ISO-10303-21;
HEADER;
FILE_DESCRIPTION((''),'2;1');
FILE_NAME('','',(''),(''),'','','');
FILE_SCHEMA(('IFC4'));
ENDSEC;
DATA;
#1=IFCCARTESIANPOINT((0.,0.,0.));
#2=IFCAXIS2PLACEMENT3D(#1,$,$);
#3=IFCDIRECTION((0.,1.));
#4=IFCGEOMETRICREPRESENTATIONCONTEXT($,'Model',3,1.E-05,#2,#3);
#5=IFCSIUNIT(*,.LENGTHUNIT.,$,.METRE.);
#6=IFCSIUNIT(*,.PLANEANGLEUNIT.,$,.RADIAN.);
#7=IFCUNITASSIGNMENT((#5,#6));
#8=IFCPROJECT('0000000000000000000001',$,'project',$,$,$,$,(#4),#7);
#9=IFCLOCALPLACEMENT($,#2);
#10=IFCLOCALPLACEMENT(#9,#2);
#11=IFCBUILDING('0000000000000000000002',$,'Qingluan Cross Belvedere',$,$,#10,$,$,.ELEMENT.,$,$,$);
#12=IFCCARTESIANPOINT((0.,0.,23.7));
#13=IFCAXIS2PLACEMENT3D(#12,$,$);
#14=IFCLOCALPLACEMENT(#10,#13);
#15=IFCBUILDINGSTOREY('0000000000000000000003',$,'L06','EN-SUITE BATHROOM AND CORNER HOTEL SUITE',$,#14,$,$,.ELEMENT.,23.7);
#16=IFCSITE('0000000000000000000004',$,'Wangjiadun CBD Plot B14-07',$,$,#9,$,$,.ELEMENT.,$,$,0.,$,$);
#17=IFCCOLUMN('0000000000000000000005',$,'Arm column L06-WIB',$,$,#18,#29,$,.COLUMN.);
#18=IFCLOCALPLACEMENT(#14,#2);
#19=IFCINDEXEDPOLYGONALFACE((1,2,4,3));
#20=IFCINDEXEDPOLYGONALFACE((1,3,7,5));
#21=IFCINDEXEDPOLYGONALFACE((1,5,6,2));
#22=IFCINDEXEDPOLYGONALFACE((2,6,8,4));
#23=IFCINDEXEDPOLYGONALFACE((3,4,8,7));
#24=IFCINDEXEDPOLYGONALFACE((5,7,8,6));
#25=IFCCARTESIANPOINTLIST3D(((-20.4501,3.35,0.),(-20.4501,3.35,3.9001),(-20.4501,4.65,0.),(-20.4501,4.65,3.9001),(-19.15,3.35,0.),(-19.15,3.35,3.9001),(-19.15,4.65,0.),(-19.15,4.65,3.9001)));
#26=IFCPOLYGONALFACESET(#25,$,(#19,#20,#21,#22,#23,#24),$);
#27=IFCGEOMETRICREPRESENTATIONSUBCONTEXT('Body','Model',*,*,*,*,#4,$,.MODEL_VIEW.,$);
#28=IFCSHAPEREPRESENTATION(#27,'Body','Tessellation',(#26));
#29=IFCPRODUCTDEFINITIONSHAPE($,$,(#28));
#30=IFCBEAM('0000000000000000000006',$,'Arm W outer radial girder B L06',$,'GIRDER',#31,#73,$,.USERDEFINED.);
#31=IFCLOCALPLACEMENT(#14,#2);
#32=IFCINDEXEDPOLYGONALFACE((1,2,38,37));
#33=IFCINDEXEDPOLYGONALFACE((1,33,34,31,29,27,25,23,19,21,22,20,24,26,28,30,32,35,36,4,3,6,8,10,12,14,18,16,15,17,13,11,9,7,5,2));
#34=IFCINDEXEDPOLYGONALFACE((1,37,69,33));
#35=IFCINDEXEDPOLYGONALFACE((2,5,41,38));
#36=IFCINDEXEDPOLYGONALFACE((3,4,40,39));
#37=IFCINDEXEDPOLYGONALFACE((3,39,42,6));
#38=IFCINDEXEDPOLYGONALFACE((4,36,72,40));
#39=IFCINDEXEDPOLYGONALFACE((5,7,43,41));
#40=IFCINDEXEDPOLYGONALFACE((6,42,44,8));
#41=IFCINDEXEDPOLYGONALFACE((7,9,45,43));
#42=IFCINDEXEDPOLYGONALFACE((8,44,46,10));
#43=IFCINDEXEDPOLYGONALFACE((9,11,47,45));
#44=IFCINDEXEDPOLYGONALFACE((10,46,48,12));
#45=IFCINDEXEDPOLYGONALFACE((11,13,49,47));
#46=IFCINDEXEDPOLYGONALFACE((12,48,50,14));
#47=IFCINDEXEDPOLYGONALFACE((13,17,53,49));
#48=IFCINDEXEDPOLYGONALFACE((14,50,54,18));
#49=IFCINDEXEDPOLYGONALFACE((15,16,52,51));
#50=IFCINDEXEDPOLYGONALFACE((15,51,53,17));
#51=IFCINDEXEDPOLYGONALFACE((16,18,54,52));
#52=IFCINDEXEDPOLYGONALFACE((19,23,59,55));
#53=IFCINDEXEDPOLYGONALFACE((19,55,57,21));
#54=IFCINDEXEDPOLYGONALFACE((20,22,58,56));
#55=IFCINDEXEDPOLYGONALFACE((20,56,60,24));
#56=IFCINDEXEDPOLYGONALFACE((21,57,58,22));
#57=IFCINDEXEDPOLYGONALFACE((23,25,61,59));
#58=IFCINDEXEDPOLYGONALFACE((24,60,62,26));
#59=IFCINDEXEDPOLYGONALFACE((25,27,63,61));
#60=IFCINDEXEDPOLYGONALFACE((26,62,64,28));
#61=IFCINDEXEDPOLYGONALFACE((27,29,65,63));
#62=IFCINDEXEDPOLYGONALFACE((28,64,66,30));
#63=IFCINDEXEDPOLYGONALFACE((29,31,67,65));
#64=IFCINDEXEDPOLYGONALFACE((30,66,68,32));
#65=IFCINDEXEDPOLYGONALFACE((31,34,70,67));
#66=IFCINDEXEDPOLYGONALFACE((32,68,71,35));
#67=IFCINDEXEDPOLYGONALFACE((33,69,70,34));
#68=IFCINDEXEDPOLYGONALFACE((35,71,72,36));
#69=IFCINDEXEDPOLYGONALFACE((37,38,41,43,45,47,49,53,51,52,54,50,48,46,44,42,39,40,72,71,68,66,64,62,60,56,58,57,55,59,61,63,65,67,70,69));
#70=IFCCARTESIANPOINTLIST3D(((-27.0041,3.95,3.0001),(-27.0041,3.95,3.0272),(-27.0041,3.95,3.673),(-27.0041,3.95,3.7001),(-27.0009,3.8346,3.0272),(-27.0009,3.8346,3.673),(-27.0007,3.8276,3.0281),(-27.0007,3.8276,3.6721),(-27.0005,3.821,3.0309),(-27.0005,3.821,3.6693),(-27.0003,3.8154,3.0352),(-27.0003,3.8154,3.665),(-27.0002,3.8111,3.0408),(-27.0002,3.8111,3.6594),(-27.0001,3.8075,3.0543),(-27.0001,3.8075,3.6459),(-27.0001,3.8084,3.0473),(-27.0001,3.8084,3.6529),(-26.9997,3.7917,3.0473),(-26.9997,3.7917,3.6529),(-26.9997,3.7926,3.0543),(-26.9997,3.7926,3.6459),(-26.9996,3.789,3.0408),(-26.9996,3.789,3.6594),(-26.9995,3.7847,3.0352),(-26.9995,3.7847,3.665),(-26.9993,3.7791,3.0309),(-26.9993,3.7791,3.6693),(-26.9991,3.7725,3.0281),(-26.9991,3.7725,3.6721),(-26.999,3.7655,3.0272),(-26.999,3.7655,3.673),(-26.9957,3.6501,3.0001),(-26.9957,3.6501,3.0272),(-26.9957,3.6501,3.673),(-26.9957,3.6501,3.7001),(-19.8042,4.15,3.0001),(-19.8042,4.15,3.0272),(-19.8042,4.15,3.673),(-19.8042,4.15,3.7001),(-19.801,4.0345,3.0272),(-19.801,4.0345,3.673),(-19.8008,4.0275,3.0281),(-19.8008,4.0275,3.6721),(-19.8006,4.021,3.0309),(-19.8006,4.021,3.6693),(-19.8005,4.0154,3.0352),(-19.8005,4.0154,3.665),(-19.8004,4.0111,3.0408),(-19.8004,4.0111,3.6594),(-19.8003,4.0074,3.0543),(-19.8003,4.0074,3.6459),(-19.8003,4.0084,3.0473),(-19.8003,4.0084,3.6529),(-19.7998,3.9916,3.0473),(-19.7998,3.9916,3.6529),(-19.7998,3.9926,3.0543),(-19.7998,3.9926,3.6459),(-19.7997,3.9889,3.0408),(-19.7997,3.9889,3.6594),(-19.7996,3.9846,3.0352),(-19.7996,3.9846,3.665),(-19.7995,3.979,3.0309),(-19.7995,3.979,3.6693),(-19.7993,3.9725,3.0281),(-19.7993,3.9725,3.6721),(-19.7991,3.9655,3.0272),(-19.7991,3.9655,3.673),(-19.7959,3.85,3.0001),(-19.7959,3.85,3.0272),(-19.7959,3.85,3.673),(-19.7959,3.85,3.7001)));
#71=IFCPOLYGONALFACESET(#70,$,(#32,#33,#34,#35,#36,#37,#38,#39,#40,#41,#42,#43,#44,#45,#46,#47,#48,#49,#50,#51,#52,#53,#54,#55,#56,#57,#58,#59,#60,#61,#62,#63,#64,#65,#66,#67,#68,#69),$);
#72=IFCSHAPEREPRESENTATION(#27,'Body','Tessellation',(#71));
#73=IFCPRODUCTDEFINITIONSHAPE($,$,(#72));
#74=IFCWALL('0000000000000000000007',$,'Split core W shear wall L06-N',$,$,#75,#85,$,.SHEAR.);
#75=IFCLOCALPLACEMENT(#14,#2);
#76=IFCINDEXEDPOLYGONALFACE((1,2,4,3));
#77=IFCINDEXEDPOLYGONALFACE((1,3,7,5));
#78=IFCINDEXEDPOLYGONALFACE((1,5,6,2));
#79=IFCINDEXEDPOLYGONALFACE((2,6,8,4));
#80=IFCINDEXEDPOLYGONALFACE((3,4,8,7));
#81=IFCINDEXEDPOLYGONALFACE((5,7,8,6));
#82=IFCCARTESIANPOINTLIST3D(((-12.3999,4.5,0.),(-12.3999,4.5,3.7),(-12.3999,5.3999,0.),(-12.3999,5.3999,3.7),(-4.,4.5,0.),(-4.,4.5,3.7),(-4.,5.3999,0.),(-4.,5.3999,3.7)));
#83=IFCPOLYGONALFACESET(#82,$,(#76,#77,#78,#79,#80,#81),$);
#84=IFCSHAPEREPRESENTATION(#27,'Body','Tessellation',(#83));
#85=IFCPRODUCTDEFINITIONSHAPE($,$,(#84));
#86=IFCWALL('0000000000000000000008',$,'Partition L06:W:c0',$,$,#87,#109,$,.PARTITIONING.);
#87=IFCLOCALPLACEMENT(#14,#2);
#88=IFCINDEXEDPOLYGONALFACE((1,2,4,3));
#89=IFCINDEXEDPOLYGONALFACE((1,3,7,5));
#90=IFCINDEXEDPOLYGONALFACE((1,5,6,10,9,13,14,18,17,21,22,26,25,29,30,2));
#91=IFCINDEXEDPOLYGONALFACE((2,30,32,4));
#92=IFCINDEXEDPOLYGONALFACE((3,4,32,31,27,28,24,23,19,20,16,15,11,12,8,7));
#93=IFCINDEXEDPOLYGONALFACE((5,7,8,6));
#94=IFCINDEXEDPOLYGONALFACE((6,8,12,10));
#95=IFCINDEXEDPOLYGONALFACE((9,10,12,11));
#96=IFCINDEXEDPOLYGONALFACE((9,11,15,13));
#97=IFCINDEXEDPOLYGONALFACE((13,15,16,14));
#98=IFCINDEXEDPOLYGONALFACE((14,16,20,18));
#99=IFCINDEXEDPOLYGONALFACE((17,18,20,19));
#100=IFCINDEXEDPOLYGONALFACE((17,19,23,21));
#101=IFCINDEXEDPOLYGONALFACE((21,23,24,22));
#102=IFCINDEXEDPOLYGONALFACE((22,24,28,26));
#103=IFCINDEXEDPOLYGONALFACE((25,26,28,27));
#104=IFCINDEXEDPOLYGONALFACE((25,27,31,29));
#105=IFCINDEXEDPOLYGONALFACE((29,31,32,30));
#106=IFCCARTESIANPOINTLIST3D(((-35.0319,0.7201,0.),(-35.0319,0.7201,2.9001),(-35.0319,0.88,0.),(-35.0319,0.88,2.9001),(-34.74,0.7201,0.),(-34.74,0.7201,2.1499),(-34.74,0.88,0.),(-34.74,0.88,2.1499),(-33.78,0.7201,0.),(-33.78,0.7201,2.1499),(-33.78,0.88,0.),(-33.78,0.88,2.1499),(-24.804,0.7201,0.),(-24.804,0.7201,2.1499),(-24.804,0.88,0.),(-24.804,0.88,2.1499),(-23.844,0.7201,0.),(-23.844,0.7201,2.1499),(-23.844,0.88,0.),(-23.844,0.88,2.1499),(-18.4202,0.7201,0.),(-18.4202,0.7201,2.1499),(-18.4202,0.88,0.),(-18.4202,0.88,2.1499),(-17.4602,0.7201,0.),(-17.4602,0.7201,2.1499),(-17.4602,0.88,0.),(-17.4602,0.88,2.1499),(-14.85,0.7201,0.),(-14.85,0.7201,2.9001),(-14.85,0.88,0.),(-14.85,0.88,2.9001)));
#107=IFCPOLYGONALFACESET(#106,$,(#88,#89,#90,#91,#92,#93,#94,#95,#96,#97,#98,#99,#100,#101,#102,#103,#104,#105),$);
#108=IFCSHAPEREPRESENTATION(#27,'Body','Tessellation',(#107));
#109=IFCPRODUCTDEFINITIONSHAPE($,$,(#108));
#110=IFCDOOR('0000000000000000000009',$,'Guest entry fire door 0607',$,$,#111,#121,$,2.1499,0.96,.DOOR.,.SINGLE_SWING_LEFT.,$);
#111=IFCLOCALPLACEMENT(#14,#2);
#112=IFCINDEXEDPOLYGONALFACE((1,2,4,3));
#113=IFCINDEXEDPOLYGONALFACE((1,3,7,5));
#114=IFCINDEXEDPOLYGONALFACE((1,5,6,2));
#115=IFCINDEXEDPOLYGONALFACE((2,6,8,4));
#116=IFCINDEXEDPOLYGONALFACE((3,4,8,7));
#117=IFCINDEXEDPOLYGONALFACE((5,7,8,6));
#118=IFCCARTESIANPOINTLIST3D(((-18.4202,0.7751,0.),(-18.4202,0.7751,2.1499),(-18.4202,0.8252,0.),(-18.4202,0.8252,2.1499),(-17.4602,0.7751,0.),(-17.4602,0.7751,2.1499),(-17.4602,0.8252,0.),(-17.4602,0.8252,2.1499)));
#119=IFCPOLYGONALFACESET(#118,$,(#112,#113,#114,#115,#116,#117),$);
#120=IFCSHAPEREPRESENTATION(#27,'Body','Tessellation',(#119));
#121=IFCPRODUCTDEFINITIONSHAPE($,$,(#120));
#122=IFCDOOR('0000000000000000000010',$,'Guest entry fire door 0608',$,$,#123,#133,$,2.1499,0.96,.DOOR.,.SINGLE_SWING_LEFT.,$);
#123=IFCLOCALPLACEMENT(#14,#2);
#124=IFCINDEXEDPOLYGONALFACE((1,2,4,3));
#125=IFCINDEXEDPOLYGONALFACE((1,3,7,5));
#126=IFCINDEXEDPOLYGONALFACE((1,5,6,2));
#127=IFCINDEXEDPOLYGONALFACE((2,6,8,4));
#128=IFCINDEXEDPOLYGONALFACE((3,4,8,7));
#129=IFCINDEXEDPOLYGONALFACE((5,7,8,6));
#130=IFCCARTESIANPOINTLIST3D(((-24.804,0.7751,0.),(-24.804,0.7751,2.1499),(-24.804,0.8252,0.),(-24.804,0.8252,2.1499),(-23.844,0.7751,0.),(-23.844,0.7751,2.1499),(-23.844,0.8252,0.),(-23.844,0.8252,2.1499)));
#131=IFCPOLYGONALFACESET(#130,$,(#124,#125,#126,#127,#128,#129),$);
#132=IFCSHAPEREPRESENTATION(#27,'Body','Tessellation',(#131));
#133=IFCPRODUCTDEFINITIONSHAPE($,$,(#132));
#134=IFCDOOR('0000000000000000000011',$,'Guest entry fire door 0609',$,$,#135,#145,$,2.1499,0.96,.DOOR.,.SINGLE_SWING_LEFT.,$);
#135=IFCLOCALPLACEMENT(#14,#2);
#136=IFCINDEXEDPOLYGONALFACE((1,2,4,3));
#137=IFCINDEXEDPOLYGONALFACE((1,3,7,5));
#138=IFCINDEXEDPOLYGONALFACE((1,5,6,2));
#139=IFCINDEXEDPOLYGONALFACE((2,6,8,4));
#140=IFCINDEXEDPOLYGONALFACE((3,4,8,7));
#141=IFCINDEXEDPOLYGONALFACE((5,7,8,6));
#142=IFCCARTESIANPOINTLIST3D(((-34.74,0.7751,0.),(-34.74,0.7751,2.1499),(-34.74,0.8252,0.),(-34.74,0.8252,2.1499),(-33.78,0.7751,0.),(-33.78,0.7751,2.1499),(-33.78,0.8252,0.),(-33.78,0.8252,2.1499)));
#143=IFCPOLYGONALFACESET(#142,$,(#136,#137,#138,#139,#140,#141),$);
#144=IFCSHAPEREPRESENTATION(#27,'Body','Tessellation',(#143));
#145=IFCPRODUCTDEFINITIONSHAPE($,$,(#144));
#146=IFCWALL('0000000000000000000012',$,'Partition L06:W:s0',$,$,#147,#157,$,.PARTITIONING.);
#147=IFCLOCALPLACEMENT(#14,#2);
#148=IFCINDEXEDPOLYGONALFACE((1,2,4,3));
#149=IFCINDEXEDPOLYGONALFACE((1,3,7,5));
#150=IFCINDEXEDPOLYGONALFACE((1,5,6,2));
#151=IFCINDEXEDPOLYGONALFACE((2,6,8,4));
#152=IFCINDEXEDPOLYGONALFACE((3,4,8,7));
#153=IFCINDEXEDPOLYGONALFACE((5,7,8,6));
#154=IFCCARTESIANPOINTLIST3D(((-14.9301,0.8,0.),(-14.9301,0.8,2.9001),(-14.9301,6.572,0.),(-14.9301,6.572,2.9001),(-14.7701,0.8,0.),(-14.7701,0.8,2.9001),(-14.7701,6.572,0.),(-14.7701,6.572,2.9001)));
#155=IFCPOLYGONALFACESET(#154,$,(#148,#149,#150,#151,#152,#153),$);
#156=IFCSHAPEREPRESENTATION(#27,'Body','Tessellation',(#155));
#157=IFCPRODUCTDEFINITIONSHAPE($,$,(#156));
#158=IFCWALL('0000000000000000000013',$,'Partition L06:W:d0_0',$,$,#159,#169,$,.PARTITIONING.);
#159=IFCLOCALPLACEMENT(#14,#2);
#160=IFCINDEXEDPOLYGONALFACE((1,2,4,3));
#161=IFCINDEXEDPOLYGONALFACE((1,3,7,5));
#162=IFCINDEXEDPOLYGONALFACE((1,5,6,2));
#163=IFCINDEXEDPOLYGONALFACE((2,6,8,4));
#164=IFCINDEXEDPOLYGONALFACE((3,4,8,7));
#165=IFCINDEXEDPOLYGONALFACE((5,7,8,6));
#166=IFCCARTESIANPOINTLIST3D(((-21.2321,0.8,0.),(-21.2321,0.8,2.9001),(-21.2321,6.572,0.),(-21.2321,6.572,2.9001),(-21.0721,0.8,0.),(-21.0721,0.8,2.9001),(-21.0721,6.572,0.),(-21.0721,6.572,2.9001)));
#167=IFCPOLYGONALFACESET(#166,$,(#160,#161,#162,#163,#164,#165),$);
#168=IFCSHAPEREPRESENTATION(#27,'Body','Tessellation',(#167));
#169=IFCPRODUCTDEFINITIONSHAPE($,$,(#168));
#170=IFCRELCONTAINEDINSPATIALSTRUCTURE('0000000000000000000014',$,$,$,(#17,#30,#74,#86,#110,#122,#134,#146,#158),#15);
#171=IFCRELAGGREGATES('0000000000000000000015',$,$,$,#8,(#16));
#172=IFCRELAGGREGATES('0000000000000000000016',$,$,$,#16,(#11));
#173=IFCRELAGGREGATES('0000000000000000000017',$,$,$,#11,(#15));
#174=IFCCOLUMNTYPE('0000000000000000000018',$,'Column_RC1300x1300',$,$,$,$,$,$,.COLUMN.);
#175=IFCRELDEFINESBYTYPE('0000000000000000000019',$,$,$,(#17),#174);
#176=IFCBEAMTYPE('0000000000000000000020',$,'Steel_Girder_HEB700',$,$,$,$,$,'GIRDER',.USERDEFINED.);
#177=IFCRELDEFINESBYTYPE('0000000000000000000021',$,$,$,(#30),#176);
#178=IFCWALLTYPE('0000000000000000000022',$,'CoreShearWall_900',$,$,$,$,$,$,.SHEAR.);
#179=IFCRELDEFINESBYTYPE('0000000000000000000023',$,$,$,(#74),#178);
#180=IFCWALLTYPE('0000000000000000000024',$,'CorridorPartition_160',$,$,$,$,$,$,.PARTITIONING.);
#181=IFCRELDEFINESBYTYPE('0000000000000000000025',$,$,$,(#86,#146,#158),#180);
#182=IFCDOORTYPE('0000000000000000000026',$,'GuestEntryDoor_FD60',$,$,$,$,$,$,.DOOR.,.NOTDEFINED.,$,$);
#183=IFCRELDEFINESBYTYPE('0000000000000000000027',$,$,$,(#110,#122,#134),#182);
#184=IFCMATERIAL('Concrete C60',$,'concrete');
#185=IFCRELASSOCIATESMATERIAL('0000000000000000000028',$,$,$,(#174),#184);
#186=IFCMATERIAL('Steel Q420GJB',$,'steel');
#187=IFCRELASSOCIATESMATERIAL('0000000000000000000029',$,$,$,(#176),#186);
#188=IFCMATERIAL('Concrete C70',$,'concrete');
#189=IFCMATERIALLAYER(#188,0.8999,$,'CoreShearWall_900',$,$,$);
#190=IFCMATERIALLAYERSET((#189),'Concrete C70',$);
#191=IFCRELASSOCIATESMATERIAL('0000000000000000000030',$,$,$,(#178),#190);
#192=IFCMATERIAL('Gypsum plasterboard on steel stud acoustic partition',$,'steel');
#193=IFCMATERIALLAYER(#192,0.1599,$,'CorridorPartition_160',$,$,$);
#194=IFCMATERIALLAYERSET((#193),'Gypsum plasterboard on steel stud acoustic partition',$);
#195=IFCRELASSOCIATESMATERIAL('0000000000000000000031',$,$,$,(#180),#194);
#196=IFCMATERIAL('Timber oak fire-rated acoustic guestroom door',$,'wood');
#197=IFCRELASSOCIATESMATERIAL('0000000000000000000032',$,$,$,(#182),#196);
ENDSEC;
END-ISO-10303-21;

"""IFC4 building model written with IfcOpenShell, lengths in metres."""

from ifc_helpers import new_model, si_unit, direction, frame, frame_2d, origin, origin_2d, place, context, subcontext, project, spatial, rectangle, i_section, extrude, material, layer, layer_set, material_profile, profile_set, type_object, element, fill, save


model = new_model("IFC4")

# Units and contexts
model_context = context("Model", 3, precision=1e-05, world=origin(), true_north=direction((0.0, 1.0)))
body_context = subcontext(model_context, "Body", "Model", "MODEL_VIEW")
ifc_project = project(units=[si_unit("LENGTHUNIT", "METRE"), si_unit("PLANEANGLEUNIT", "RADIAN")], contexts=[model_context])

# Site, building, storey
site_placement = place(None, origin())
site = spatial("IfcSite", under=ifc_project, at=site_placement, Name="Wangjiadun CBD Plot B14-07", CompositionType="ELEMENT", RefElevation=0.0)
building_placement = place(site_placement, origin())
building = spatial("IfcBuilding", under=site, at=building_placement, Name="Qingluan Cross Belvedere", CompositionType="ELEMENT")
storey_placement = place(building_placement, frame((0.0, 0.0, 23.7)))
storey = spatial("IfcBuildingStorey", under=building, at=storey_placement, Name="L06", Description="EN-SUITE BATHROOM AND CORNER HOTEL SUITE", CompositionType="ELEMENT", Elevation=23.7)

# Column
ifc_material_1 = material(Name="Concrete C60", Category="concrete")
ifc_material_profile_1 = material_profile(ifc_material_1, rectangle(XDim=1.3, YDim=1.3, at=origin_2d()), Name="RC1300x1300")
ifc_profile_set_1 = profile_set([ifc_material_profile_1], Name="Concrete C60")
column_type = type_object("IfcColumnType", Name="Column_RC1300x1300", PredefinedType="COLUMN", material=ifc_profile_set_1)
column_placement = place(storey_placement, frame((-19.8, 4.0, 0.0), z_axis=(0.0, 0.0, 1.0), x_axis=(1.0, 0.0, 0.0)))
element("IfcColumn", 1, at=column_placement, inside=storey, type_object=column_type, Name="Arm column L06-WIB", PredefinedType="COLUMN", context=body_context, shape_type="SweptSolid", body=[
    extrude(rectangle(XDim=1.3, YDim=1.3, at=origin_2d()), origin(), (0.0, 0.0, 1.0), 3.9001),
])

# Beam
ifc_material_2 = material(Name="Steel Q420GJB", Category="steel")
ifc_material_profile_2 = material_profile(ifc_material_2, i_section(OverallWidth=0.3, OverallDepth=0.7, WebThickness=0.0149, FlangeThickness=0.0271, FilletRadius=0.0271, at=origin_2d()), Name="HEB700")
ifc_profile_set_2 = profile_set([ifc_material_profile_2], Name="Steel Q420GJB")
beam_type = type_object("IfcBeamType", Name="Steel_Girder_HEB700", ElementType="GIRDER", PredefinedType="USERDEFINED", material=ifc_profile_set_2)
beam_placement = place(storey_placement, frame((-19.8, 4.0, 3.3501), z_axis=(-0.999615, -0.02776, 0.0), x_axis=(0.02776, -0.999615, 0.0)))
element("IfcBeam", 2, at=beam_placement, inside=storey, type_object=beam_type, Name="Arm W outer radial girder B L06", ObjectType="GIRDER", PredefinedType="USERDEFINED", context=body_context, shape_type="SweptSolid", body=[
    extrude(i_section(OverallWidth=0.3, OverallDepth=0.7, WebThickness=0.0149, FlangeThickness=0.0271, FilletRadius=0.0271, at=origin_2d()), origin(), (0.0, 0.0, 1.0), 7.2026),
])

# Wall
ifc_material_3 = material(Name="Concrete C70", Category="concrete")
ifc_layer_1 = layer(ifc_material_3, 0.8999, Name="CoreShearWall_900")
ifc_layer_set_1 = layer_set([ifc_layer_1], Name="Concrete C70")
wall_type_1 = type_object("IfcWallType", Name="CoreShearWall_900", PredefinedType="SHEAR", material=ifc_layer_set_1)
wall_1_placement = place(storey_placement, frame((-12.3999, 4.95, 0.0), z_axis=(0.0, 0.0, 1.0), x_axis=(1.0, 0.0, 0.0)))
element("IfcWall", 3, at=wall_1_placement, inside=storey, type_object=wall_type_1, Name="Split core W shear wall L06-N", PredefinedType="SHEAR", context=body_context, shape_type="SweptSolid", body=[
    extrude(rectangle(XDim=8.3999, YDim=0.8999, at=frame_2d((4.2, 0.0))), origin(), (0.0, 0.0, 1.0), 3.7),
])

# Wall, openings, doors
ifc_material_4 = material(Name="Gypsum plasterboard on steel stud acoustic partition", Category="steel")
ifc_layer_2 = layer(ifc_material_4, 0.1599, Name="CorridorPartition_160")
ifc_layer_set_2 = layer_set([ifc_layer_2], Name="Gypsum plasterboard on steel stud acoustic partition")
wall_type_2 = type_object("IfcWallType", Name="CorridorPartition_160", PredefinedType="PARTITIONING", material=ifc_layer_set_2)
wall_2_placement = place(storey_placement, frame((-14.8501, 0.8, 0.0), z_axis=(0.0, 0.0, 1.0), x_axis=(-1.0, 0.0, 0.0)))
wall_2 = element("IfcWall", 4, at=wall_2_placement, inside=storey, type_object=wall_type_2, Name="Partition L06:W:c0", PredefinedType="PARTITIONING", context=body_context, shape_type="SweptSolid", body=[
    extrude(rectangle(XDim=20.1819, YDim=0.1599, at=frame_2d((10.0908, 0.0))), origin(), (0.0, 0.0, 1.0), 2.9001),
])
opening_1_placement = place(wall_2_placement, frame((2.6101, 0.0, 0.0)))
opening_1 = element("IfcOpeningElement", 5, at=opening_1_placement, cuts=wall_2, PredefinedType="OPENING", context=body_context, shape_type="SweptSolid", body=[
    extrude(rectangle(XDim=0.96, YDim=2.1499, at=frame_2d((0.48, 1.075))), frame((0.0, 0.0898, 0.0), z_axis=(0.0, -1.0, 0.0), x_axis=(1.0, 0.0, 0.0)), (0.0, 0.0, 1.0), 0.1799),
])
opening_2_placement = place(wall_2_placement, frame((8.9939, 0.0, 0.0)))
opening_2 = element("IfcOpeningElement", 6, at=opening_2_placement, cuts=wall_2, PredefinedType="OPENING", context=body_context, shape_type="SweptSolid", body=[
    extrude(rectangle(XDim=0.96, YDim=2.1499, at=frame_2d((0.48, 1.075))), frame((0.0, 0.0898, 0.0), z_axis=(0.0, -1.0, 0.0), x_axis=(1.0, 0.0, 0.0)), (0.0, 0.0, 1.0), 0.1799),
])
opening_3_placement = place(wall_2_placement, frame((18.9299, 0.0, 0.0)))
opening_3 = element("IfcOpeningElement", 7, at=opening_3_placement, cuts=wall_2, PredefinedType="OPENING", context=body_context, shape_type="SweptSolid", body=[
    extrude(rectangle(XDim=0.96, YDim=2.1499, at=frame_2d((0.48, 1.075))), frame((0.0, 0.0898, 0.0), z_axis=(0.0, -1.0, 0.0), x_axis=(1.0, 0.0, 0.0)), (0.0, 0.0, 1.0), 0.1799),
])
ifc_material_5 = material(Name="Timber oak fire-rated acoustic guestroom door", Category="wood")
door_type_1 = type_object("IfcDoorType", Name="GuestEntryDoor_FD60", OperationType="NOTDEFINED", PredefinedType="DOOR", material=ifc_material_5)
door_1_placement = place(opening_1_placement, origin())
door_1 = element("IfcDoor", 8, at=door_1_placement, inside=storey, type_object=door_type_1, Name="Guest entry fire door 0607", OperationType="SINGLE_SWING_LEFT", OverallHeight=2.1499, OverallWidth=0.96, PredefinedType="DOOR", context=body_context, shape_type="SweptSolid", body=[
    extrude(rectangle(XDim=0.96, YDim=2.1499, at=frame_2d((0.48, 1.075))), frame((0.0, 0.0249, 0.0), z_axis=(0.0, -1.0, 0.0), x_axis=(1.0, 0.0, 0.0)), (0.0, 0.0, 1.0), 0.05),
])
fill(opening_1, door_1)
door_2_placement = place(opening_2_placement, origin())
door_2 = element("IfcDoor", 9, at=door_2_placement, inside=storey, type_object=door_type_1, Name="Guest entry fire door 0608", OperationType="SINGLE_SWING_LEFT", OverallHeight=2.1499, OverallWidth=0.96, PredefinedType="DOOR", context=body_context, shape_type="SweptSolid", body=[
    extrude(rectangle(XDim=0.96, YDim=2.1499, at=frame_2d((0.48, 1.075))), frame((0.0, 0.0249, 0.0), z_axis=(0.0, -1.0, 0.0), x_axis=(1.0, 0.0, 0.0)), (0.0, 0.0, 1.0), 0.05),
])
fill(opening_2, door_2)
door_3_placement = place(opening_3_placement, origin())
door_3 = element("IfcDoor", 10, at=door_3_placement, inside=storey, type_object=door_type_1, Name="Guest entry fire door 0609", OperationType="SINGLE_SWING_LEFT", OverallHeight=2.1499, OverallWidth=0.96, PredefinedType="DOOR", context=body_context, shape_type="SweptSolid", body=[
    extrude(rectangle(XDim=0.96, YDim=2.1499, at=frame_2d((0.48, 1.075))), frame((0.0, 0.0249, 0.0), z_axis=(0.0, -1.0, 0.0), x_axis=(1.0, 0.0, 0.0)), (0.0, 0.0, 1.0), 0.05),
])
fill(opening_3, door_3)

# Walls
for number, where, z_axis, x_axis, name in (
    (11, (-14.8501, 0.8, 0.0), (0.0, 0.0, 1.0), (0.0, 1.0, 0.0), "Partition L06:W:s0"),
    (12, (-21.1521, 0.8, 0.0), (0.0, 0.0, 1.0), (0.0, 1.0, 0.0), "Partition L06:W:d0_0"),
):
    element("IfcWall", number, at=place(storey_placement, frame(where, z_axis=z_axis, x_axis=x_axis)), inside=storey, type_object=wall_type_2, Name=name, PredefinedType="PARTITIONING", context=body_context, shape_type="SweptSolid", body=[
        extrude(rectangle(XDim=5.772, YDim=0.1599, at=frame_2d((2.886, 0.0))), origin(), (0.0, 0.0, 1.0), 2.9001),
    ])

save(model, "model.ifc")
